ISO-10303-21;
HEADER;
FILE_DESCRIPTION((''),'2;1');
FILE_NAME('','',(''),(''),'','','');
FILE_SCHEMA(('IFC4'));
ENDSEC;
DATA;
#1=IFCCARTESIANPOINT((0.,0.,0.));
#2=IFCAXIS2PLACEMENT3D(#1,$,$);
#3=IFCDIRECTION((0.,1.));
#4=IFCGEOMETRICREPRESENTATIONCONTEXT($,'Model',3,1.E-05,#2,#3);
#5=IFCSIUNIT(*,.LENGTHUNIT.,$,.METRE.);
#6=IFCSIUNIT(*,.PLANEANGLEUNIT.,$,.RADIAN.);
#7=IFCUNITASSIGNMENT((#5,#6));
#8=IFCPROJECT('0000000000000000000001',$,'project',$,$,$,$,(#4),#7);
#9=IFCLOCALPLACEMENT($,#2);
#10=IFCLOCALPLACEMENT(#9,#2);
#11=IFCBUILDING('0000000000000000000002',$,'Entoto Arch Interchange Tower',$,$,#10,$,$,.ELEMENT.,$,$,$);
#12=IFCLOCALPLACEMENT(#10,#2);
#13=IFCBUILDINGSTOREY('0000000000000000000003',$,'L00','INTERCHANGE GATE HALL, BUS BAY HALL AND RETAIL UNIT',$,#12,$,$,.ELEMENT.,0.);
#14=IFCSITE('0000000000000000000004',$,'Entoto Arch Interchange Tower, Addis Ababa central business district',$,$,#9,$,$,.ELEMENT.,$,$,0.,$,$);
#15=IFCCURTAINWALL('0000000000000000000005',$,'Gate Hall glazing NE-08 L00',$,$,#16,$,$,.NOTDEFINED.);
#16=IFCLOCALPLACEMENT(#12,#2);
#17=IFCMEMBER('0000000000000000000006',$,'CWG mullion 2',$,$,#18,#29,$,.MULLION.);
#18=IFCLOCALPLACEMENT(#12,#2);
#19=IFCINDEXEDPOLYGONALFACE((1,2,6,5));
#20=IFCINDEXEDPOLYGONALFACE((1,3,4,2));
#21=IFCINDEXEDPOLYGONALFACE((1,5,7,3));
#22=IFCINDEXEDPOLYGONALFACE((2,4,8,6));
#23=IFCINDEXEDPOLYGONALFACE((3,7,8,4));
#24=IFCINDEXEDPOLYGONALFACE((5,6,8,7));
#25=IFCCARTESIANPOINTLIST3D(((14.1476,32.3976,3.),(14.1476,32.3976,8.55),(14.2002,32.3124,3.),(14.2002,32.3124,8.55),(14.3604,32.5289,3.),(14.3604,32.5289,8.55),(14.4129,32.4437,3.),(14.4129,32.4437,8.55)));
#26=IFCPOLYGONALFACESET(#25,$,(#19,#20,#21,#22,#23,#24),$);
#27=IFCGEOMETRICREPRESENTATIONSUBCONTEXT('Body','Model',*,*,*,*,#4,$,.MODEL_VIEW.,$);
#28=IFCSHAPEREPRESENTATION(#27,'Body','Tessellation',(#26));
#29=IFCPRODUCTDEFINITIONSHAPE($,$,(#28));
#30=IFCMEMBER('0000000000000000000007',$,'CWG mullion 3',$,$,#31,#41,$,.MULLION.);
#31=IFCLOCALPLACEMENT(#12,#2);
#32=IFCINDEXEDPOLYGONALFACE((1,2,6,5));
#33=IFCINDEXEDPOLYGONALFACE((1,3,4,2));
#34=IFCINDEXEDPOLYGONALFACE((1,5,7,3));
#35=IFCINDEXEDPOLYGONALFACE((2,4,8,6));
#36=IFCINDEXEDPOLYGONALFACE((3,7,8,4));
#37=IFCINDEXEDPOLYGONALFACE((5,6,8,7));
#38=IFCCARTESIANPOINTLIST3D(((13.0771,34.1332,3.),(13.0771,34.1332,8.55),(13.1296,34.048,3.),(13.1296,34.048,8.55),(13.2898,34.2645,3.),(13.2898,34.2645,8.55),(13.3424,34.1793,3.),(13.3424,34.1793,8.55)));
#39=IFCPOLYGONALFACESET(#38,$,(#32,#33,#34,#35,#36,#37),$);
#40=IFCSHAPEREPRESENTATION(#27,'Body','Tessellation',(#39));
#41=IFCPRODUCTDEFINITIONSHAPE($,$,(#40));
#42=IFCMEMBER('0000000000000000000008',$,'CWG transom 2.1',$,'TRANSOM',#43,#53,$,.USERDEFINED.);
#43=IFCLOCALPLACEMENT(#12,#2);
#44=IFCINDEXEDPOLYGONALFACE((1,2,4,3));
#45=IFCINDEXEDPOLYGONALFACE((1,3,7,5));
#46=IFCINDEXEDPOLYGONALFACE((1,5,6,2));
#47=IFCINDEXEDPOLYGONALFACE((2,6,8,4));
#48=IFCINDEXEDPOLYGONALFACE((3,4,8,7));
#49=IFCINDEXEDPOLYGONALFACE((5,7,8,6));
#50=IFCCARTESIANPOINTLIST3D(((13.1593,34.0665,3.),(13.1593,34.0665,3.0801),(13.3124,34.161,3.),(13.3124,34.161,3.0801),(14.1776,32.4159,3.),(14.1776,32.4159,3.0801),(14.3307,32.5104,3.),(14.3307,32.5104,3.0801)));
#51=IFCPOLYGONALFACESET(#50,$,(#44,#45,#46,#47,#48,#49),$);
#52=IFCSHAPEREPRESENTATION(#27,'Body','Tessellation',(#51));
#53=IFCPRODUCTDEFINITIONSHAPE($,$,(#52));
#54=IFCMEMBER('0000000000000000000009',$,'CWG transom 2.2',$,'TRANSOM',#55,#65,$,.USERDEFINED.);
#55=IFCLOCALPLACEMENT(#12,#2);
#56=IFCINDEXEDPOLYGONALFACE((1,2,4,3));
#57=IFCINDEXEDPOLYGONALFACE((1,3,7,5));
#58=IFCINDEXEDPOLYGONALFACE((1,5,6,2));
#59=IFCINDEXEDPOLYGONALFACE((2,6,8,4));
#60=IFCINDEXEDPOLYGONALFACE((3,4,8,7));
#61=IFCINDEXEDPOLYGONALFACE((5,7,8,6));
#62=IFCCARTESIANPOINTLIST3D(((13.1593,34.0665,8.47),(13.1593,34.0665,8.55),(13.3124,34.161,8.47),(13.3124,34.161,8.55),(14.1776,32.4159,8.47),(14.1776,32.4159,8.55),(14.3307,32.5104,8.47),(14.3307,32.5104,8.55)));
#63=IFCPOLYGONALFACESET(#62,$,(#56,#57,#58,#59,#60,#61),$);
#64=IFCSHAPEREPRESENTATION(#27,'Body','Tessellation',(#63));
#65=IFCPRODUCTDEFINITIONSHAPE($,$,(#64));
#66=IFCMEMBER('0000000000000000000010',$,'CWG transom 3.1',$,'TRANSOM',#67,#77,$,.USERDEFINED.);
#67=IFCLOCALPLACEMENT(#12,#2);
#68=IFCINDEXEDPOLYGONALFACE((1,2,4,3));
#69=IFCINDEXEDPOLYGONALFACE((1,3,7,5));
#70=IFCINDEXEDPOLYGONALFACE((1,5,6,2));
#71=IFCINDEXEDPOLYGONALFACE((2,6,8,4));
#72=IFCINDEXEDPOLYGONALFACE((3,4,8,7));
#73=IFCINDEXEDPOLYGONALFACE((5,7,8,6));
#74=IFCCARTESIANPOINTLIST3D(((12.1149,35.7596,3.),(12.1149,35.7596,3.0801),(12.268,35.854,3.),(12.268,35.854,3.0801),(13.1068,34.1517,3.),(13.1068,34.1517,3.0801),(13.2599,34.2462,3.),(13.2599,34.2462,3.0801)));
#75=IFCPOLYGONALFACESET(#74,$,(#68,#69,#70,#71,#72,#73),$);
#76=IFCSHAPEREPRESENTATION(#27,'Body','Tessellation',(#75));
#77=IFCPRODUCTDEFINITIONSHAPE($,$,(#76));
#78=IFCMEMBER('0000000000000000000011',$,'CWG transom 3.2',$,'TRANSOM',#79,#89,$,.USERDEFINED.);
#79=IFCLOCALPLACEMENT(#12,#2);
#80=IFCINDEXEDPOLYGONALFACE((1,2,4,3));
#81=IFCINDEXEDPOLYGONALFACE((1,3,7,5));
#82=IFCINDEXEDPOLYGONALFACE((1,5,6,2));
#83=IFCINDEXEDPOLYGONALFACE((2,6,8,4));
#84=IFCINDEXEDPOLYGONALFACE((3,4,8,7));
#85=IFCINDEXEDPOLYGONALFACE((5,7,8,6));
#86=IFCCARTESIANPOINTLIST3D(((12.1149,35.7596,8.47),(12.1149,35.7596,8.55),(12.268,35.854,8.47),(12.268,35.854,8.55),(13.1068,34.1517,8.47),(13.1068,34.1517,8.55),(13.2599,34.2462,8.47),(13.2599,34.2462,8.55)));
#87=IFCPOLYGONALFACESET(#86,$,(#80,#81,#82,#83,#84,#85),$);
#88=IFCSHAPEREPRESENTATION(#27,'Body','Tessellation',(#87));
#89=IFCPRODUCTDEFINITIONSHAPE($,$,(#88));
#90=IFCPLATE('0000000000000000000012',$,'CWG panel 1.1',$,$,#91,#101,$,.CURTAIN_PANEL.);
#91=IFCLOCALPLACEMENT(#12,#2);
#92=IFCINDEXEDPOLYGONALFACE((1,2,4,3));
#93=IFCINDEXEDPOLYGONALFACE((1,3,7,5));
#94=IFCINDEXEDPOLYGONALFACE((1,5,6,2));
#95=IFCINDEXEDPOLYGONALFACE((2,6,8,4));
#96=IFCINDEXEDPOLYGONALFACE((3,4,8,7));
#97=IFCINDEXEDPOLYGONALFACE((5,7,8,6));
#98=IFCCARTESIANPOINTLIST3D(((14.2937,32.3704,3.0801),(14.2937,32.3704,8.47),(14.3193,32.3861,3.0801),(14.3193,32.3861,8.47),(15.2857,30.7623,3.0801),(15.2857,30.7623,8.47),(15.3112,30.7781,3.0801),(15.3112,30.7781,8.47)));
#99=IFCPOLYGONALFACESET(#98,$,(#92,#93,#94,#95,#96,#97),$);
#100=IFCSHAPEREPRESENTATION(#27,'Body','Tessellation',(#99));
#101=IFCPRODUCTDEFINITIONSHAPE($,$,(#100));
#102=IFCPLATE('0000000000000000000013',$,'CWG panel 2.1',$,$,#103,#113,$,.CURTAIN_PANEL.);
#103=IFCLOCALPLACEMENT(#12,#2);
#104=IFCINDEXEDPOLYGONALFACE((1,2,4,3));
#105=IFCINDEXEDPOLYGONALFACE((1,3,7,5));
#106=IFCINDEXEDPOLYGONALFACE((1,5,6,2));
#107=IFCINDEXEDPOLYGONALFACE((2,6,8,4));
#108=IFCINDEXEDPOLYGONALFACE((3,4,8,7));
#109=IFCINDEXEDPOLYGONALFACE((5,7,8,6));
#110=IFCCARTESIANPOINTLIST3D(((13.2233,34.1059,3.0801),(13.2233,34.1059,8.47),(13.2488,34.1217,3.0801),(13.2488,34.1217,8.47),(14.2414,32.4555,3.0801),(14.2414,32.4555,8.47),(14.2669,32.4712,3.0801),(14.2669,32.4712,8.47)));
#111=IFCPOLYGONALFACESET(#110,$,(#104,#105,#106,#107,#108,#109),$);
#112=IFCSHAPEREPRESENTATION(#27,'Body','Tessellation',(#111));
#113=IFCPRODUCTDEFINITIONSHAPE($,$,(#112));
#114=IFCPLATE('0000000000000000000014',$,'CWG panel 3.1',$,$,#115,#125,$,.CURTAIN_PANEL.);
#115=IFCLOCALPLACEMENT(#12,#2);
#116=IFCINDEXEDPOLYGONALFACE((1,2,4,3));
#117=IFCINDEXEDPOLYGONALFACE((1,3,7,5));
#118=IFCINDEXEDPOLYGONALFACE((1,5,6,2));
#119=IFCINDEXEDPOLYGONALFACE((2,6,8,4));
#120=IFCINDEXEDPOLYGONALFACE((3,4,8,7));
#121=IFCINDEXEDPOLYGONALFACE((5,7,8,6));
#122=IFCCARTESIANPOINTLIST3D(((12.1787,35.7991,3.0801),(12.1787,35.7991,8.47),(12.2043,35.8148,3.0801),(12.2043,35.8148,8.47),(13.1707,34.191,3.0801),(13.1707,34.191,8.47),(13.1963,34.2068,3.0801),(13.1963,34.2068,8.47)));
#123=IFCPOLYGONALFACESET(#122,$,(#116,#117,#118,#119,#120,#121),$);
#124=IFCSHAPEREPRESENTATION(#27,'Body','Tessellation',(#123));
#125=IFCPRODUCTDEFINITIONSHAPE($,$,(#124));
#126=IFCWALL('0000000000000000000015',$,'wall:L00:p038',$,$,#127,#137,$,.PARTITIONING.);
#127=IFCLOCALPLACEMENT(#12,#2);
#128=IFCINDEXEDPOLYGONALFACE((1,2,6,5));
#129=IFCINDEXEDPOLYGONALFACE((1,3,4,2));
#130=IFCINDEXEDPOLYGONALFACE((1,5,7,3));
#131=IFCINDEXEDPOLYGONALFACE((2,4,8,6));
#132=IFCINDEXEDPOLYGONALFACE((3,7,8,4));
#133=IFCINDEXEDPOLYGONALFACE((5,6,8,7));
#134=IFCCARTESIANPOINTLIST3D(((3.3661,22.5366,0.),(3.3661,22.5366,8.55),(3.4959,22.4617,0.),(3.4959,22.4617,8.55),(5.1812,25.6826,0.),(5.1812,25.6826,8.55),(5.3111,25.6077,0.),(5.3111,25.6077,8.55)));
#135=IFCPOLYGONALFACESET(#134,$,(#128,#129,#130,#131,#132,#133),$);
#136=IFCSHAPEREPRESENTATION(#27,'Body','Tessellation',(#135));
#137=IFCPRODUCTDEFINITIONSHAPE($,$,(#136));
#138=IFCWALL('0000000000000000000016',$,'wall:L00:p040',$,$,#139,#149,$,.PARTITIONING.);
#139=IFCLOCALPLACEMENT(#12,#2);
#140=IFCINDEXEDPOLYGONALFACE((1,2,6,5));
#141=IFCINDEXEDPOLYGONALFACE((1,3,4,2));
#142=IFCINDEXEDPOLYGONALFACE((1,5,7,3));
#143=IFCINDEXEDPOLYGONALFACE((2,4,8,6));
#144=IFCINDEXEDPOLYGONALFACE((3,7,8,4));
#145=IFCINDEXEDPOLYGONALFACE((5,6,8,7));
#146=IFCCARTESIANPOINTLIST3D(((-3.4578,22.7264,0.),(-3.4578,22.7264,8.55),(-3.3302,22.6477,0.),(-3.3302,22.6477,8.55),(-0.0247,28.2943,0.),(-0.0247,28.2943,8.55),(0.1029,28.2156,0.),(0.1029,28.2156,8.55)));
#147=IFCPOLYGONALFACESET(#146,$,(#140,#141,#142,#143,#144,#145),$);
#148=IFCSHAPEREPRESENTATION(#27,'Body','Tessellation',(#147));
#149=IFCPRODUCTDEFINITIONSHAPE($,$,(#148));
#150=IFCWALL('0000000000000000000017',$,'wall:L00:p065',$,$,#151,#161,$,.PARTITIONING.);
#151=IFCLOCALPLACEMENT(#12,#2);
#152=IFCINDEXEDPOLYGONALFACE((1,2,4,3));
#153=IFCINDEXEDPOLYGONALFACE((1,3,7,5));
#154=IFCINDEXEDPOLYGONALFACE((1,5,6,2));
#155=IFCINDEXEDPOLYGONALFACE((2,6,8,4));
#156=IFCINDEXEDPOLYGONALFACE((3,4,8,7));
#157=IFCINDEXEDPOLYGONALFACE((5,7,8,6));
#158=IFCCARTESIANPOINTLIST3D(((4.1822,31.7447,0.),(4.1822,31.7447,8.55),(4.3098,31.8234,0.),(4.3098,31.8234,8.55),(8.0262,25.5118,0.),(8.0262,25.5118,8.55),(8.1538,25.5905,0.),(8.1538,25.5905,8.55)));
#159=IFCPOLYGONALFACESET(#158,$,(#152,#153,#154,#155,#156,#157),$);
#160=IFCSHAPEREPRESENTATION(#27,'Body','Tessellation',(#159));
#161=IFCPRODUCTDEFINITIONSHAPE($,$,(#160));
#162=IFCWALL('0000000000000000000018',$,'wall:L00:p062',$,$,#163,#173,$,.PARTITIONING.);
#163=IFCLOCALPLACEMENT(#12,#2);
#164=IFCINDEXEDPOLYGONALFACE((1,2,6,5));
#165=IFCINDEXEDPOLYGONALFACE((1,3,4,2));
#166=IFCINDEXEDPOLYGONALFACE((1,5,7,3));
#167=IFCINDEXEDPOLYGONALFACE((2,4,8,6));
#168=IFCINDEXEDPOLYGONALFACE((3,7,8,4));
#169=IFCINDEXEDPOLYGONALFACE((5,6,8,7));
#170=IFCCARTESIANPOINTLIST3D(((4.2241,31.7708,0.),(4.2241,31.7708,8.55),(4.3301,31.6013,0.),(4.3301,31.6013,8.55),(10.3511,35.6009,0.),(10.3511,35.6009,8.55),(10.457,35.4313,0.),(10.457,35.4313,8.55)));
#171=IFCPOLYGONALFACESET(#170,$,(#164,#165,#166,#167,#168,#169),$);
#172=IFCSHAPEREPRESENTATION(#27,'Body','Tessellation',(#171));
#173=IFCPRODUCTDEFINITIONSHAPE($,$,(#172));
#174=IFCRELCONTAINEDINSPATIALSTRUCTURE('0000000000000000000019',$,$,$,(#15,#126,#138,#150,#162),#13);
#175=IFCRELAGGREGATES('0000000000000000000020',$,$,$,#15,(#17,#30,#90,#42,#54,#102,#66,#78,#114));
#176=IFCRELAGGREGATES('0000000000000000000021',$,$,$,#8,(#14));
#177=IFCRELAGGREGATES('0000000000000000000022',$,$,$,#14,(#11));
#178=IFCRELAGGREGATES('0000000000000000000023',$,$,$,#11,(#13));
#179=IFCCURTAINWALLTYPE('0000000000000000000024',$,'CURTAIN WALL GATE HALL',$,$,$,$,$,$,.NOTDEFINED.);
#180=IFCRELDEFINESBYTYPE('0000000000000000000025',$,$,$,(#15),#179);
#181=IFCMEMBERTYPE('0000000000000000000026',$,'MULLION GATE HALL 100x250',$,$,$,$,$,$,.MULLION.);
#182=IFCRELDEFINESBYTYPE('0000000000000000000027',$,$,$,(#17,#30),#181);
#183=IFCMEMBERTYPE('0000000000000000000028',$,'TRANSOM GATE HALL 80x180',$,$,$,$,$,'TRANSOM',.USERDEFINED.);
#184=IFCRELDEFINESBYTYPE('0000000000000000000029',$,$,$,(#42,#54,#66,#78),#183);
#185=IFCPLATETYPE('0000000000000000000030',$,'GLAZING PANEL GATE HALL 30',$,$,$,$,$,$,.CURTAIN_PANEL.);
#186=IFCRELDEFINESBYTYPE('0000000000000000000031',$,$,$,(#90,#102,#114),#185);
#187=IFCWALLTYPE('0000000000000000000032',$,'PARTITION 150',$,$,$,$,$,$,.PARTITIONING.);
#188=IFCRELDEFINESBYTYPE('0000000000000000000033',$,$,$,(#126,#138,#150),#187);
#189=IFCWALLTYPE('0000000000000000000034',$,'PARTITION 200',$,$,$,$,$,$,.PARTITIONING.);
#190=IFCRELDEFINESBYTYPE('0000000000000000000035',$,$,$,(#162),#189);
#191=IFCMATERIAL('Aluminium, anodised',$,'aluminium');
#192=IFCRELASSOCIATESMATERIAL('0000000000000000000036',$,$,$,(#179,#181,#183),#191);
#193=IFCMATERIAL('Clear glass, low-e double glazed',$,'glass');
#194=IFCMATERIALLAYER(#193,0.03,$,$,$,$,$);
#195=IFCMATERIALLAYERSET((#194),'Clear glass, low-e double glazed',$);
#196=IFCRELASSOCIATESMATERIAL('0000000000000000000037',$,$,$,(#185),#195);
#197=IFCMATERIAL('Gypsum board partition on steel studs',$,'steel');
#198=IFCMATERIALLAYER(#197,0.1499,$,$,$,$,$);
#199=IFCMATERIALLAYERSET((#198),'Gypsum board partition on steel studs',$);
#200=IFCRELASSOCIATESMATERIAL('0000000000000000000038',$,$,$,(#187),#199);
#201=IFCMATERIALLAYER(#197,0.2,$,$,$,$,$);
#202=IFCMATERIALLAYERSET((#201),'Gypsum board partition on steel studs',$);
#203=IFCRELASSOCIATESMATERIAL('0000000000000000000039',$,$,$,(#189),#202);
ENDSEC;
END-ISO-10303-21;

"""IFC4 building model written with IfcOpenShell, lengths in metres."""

from ifc_helpers import new_model, si_unit, direction, frame, frame_2d, origin, origin_2d, place, context, subcontext, project, spatial, rectangle, extrude, material, layer, layer_set, material_profile, profile_set, type_object, element, aggregate, save


model = new_model("IFC4")

# Units and contexts
model_context = context("Model", 3, precision=1e-05, world=origin(), true_north=direction((0.0, 1.0)))
body_context = subcontext(model_context, "Body", "Model", "MODEL_VIEW")
ifc_project = project(units=[si_unit("LENGTHUNIT", "METRE"), si_unit("PLANEANGLEUNIT", "RADIAN")], contexts=[model_context])

# Site, building, storey
site_placement = place(None, origin())
site = spatial("IfcSite", under=ifc_project, at=site_placement, Name="Entoto Arch Interchange Tower, Addis Ababa central business district", CompositionType="ELEMENT", RefElevation=0.0)
building_placement = place(site_placement, origin())
building = spatial("IfcBuilding", under=site, at=building_placement, Name="Entoto Arch Interchange Tower", CompositionType="ELEMENT")
storey_placement = place(building_placement, origin())
storey = spatial("IfcBuildingStorey", under=building, at=storey_placement, Name="L00", Description="INTERCHANGE GATE HALL, BUS BAY HALL AND RETAIL UNIT", CompositionType="ELEMENT", Elevation=0.0)

# Curtain wall, members, plates
ifc_material_1 = material(Name="Aluminium, anodised", Category="aluminium")
curtain_wall_type = type_object("IfcCurtainWallType", Name="CURTAIN WALL GATE HALL", PredefinedType="NOTDEFINED", material=ifc_material_1)
curtain_wall_placement = place(storey_placement, origin())
curtain_wall = element("IfcCurtainWall", 1, at=curtain_wall_placement, inside=storey, type_object=curtain_wall_type, Name="Gate Hall glazing NE-08 L00", PredefinedType="NOTDEFINED")
ifc_material_profile_1 = material_profile(ifc_material_1, rectangle(XDim=0.25, YDim=0.1001, at=origin_2d()))
ifc_profile_set_1 = profile_set([ifc_material_profile_1], Name="Aluminium, anodised")
member_type_1 = type_object("IfcMemberType", Name="MULLION GATE HALL 100x250", PredefinedType="MULLION", material=ifc_profile_set_1)
member_1_placement = place(storey_placement, frame((14.2803, 32.4207, 3.0), z_axis=(0.0, 0.0, 1.0), x_axis=(-0.851097, -0.525009, 0.0)))
member_1 = element("IfcMember", 2, at=member_1_placement, type_object=member_type_1, Name="CWG mullion 2", PredefinedType="MULLION", context=body_context, shape_type="SweptSolid", body=[
    extrude(rectangle(XDim=0.25, YDim=0.1001, at=origin_2d()), origin(), (0.0, 0.0, 1.0), 5.55),
])
member_2_placement = place(storey_placement, frame((13.2097, 34.1562, 3.0), z_axis=(0.0, 0.0, 1.0), x_axis=(-0.851097, -0.525009, 0.0)))
member_2 = element("IfcMember", 3, at=member_2_placement, type_object=member_type_1, Name="CWG mullion 3", PredefinedType="MULLION", context=body_context, shape_type="SweptSolid", body=[
    extrude(rectangle(XDim=0.25, YDim=0.1001, at=origin_2d()), origin(), (0.0, 0.0, 1.0), 5.55),
])
ifc_material_profile_2 = material_profile(ifc_material_1, rectangle(XDim=0.1799, YDim=0.0801, at=origin_2d()))
ifc_profile_set_2 = profile_set([ifc_material_profile_2], Name="Aluminium, anodised")
member_type_2 = type_object("IfcMemberType", Name="TRANSOM GATE HALL 80x180", ElementType="TRANSOM", PredefinedType="USERDEFINED", material=ifc_profile_set_2)
member_3_placement = place(storey_placement, frame((14.2542, 32.4631, 3.04), z_axis=(-0.525045, 0.851074, 0.0), x_axis=(-0.851074, -0.525045, 0.0)))
member_3 = element("IfcMember", 4, at=member_3_placement, type_object=member_type_2, Name="CWG transom 2.1", ObjectType="TRANSOM", PredefinedType="USERDEFINED", context=body_context, shape_type="SweptSolid", body=[
    extrude(rectangle(XDim=0.1799, YDim=0.0801, at=origin_2d()), origin(), (0.0, 0.0, 1.0), 1.9395),
])
member_4_placement = place(storey_placement, frame((14.2542, 32.4631, 8.51), z_axis=(-0.525045, 0.851074, 0.0), x_axis=(-0.851074, -0.525045, 0.0)))
member_4 = element("IfcMember", 5, at=member_4_placement, type_object=member_type_2, Name="CWG transom 2.2", ObjectType="TRANSOM", PredefinedType="USERDEFINED", context=body_context, shape_type="SweptSolid", body=[
    extrude(rectangle(XDim=0.1799, YDim=0.0801, at=origin_2d()), origin(), (0.0, 0.0, 1.0), 1.9395),
])
member_5_placement = place(storey_placement, frame((13.1833, 34.199, 3.04), z_axis=(-0.525042, 0.851077, 0.0), x_axis=(-0.851077, -0.525042, 0.0)))
member_5 = element("IfcMember", 6, at=member_5_placement, type_object=member_type_2, Name="CWG transom 3.1", ObjectType="TRANSOM", PredefinedType="USERDEFINED", context=body_context, shape_type="SweptSolid", body=[
    extrude(rectangle(XDim=0.1799, YDim=0.0801, at=origin_2d()), origin(), (0.0, 0.0, 1.0), 1.8892),
])
member_6_placement = place(storey_placement, frame((13.1833, 34.199, 8.51), z_axis=(-0.525042, 0.851077, 0.0), x_axis=(-0.851077, -0.525042, 0.0)))
member_6 = element("IfcMember", 7, at=member_6_placement, type_object=member_type_2, Name="CWG transom 3.2", ObjectType="TRANSOM", PredefinedType="USERDEFINED", context=body_context, shape_type="SweptSolid", body=[
    extrude(rectangle(XDim=0.1799, YDim=0.0801, at=origin_2d()), origin(), (0.0, 0.0, 1.0), 1.8892),
])
ifc_material_2 = material(Name="Clear glass, low-e double glazed", Category="glass")
ifc_layer_1 = layer(ifc_material_2, 0.03)
ifc_layer_set_1 = layer_set([ifc_layer_1], Name="Clear glass, low-e double glazed")
plate_type = type_object("IfcPlateType", Name="GLAZING PANEL GATE HALL 30", PredefinedType="CURTAIN_PANEL", material=ifc_layer_set_1)
plate_1_placement = place(storey_placement, frame((14.8025, 31.5742, 3.0801), z_axis=(0.0, 0.0, 1.0), x_axis=(-0.525009, 0.851097, 0.0)))
plate_1 = element("IfcPlate", 8, at=plate_1_placement, type_object=plate_type, Name="CWG panel 1.1", PredefinedType="CURTAIN_PANEL", context=body_context, shape_type="SweptSolid", body=[
    extrude(rectangle(XDim=1.8894, YDim=0.03, at=origin_2d()), origin(), (0.0, 0.0, 1.0), 5.3899),
])
plate_2_placement = place(storey_placement, frame((13.7451, 33.2886, 3.0801), z_axis=(0.0, 0.0, 1.0), x_axis=(-0.525009, 0.851097, 0.0)))
plate_2 = element("IfcPlate", 9, at=plate_2_placement, type_object=plate_type, Name="CWG panel 2.1", PredefinedType="CURTAIN_PANEL", context=body_context, shape_type="SweptSolid", body=[
    extrude(rectangle(XDim=1.9392, YDim=0.03, at=origin_2d()), origin(), (0.0, 0.0, 1.0), 5.3899),
])
plate_3_placement = place(storey_placement, frame((12.6875, 35.0029, 3.0801), z_axis=(0.0, 0.0, 1.0), x_axis=(-0.525009, 0.851097, 0.0)))
plate_3 = element("IfcPlate", 10, at=plate_3_placement, type_object=plate_type, Name="CWG panel 3.1", PredefinedType="CURTAIN_PANEL", context=body_context, shape_type="SweptSolid", body=[
    extrude(rectangle(XDim=1.8894, YDim=0.03, at=origin_2d()), origin(), (0.0, 0.0, 1.0), 5.3899),
])
aggregate(curtain_wall, [member_1, member_2, plate_1, member_3, member_4, plate_2, member_5, member_6, plate_3])

# Walls
ifc_material_3 = material(Name="Gypsum board partition on steel studs", Category="steel")
ifc_layer_2 = layer(ifc_material_3, 0.1499)
ifc_layer_set_2 = layer_set([ifc_layer_2], Name="Gypsum board partition on steel studs")
wall_type_1 = type_object("IfcWallType", Name="PARTITION 150", PredefinedType="PARTITIONING", material=ifc_layer_set_2)
wall_1_placement = place(storey_placement, frame((5.2461, 25.645, 0.0), z_axis=(0.0, 0.0, 1.0), x_axis=(-0.499761, -0.866163, 0.0)))
element("IfcWall", 11, at=wall_1_placement, inside=storey, type_object=wall_type_1, Name="wall:L00:p038", PredefinedType="PARTITIONING", context=body_context, shape_type="SweptSolid", body=[
    extrude(rectangle(XDim=3.6321, YDim=0.1499, at=frame_2d((1.8159, 0.0))), origin(), (0.0, 0.0, 1.0), 8.55),
])
wall_2_placement = place(storey_placement, frame((0.0391, 28.2549, 0.0), z_axis=(0.0, 0.0, 1.0), x_axis=(-0.524843, -0.851199, 0.0)))
element("IfcWall", 12, at=wall_2_placement, inside=storey, type_object=wall_type_1, Name="wall:L00:p040", PredefinedType="PARTITIONING", context=body_context, shape_type="SweptSolid", body=[
    extrude(rectangle(XDim=6.5413, YDim=0.1499, at=frame_2d((3.2705, 0.0))), origin(), (0.0, 0.0, 1.0), 8.55),
])
wall_3_placement = place(storey_placement, frame((8.0901, 25.551, 0.0), z_axis=(0.0, 0.0, 1.0), x_axis=(-0.524925, 0.851149, 0.0)))
element("IfcWall", 13, at=wall_3_placement, inside=storey, type_object=wall_type_1, Name="wall:L00:p065", PredefinedType="PARTITIONING", context=body_context, shape_type="SweptSolid", body=[
    extrude(rectangle(XDim=7.323, YDim=0.1499, at=frame_2d((3.6616, 0.0))), origin(), (0.0, 0.0, 1.0), 8.55),
])
ifc_layer_3 = layer(ifc_material_3, 0.2)
ifc_layer_set_3 = layer_set([ifc_layer_3], Name="Gypsum board partition on steel studs")
wall_type_2 = type_object("IfcWallType", Name="PARTITION 200", PredefinedType="PARTITIONING", material=ifc_layer_set_3)
wall_4_placement = place(storey_placement, frame((4.2771, 31.686, 0.0), z_axis=(0.0, 0.0, 1.0), x_axis=(0.847953, 0.530072, 0.0)))
element("IfcWall", 14, at=wall_4_placement, inside=storey, type_object=wall_type_2, Name="wall:L00:p062", PredefinedType="PARTITIONING", context=body_context, shape_type="SweptSolid", body=[
    extrude(rectangle(XDim=7.2256, YDim=0.2, at=frame_2d((3.6128, 0.0))), origin(), (0.0, 0.0, 1.0), 8.55),
])

save(model, "model.ifc")
